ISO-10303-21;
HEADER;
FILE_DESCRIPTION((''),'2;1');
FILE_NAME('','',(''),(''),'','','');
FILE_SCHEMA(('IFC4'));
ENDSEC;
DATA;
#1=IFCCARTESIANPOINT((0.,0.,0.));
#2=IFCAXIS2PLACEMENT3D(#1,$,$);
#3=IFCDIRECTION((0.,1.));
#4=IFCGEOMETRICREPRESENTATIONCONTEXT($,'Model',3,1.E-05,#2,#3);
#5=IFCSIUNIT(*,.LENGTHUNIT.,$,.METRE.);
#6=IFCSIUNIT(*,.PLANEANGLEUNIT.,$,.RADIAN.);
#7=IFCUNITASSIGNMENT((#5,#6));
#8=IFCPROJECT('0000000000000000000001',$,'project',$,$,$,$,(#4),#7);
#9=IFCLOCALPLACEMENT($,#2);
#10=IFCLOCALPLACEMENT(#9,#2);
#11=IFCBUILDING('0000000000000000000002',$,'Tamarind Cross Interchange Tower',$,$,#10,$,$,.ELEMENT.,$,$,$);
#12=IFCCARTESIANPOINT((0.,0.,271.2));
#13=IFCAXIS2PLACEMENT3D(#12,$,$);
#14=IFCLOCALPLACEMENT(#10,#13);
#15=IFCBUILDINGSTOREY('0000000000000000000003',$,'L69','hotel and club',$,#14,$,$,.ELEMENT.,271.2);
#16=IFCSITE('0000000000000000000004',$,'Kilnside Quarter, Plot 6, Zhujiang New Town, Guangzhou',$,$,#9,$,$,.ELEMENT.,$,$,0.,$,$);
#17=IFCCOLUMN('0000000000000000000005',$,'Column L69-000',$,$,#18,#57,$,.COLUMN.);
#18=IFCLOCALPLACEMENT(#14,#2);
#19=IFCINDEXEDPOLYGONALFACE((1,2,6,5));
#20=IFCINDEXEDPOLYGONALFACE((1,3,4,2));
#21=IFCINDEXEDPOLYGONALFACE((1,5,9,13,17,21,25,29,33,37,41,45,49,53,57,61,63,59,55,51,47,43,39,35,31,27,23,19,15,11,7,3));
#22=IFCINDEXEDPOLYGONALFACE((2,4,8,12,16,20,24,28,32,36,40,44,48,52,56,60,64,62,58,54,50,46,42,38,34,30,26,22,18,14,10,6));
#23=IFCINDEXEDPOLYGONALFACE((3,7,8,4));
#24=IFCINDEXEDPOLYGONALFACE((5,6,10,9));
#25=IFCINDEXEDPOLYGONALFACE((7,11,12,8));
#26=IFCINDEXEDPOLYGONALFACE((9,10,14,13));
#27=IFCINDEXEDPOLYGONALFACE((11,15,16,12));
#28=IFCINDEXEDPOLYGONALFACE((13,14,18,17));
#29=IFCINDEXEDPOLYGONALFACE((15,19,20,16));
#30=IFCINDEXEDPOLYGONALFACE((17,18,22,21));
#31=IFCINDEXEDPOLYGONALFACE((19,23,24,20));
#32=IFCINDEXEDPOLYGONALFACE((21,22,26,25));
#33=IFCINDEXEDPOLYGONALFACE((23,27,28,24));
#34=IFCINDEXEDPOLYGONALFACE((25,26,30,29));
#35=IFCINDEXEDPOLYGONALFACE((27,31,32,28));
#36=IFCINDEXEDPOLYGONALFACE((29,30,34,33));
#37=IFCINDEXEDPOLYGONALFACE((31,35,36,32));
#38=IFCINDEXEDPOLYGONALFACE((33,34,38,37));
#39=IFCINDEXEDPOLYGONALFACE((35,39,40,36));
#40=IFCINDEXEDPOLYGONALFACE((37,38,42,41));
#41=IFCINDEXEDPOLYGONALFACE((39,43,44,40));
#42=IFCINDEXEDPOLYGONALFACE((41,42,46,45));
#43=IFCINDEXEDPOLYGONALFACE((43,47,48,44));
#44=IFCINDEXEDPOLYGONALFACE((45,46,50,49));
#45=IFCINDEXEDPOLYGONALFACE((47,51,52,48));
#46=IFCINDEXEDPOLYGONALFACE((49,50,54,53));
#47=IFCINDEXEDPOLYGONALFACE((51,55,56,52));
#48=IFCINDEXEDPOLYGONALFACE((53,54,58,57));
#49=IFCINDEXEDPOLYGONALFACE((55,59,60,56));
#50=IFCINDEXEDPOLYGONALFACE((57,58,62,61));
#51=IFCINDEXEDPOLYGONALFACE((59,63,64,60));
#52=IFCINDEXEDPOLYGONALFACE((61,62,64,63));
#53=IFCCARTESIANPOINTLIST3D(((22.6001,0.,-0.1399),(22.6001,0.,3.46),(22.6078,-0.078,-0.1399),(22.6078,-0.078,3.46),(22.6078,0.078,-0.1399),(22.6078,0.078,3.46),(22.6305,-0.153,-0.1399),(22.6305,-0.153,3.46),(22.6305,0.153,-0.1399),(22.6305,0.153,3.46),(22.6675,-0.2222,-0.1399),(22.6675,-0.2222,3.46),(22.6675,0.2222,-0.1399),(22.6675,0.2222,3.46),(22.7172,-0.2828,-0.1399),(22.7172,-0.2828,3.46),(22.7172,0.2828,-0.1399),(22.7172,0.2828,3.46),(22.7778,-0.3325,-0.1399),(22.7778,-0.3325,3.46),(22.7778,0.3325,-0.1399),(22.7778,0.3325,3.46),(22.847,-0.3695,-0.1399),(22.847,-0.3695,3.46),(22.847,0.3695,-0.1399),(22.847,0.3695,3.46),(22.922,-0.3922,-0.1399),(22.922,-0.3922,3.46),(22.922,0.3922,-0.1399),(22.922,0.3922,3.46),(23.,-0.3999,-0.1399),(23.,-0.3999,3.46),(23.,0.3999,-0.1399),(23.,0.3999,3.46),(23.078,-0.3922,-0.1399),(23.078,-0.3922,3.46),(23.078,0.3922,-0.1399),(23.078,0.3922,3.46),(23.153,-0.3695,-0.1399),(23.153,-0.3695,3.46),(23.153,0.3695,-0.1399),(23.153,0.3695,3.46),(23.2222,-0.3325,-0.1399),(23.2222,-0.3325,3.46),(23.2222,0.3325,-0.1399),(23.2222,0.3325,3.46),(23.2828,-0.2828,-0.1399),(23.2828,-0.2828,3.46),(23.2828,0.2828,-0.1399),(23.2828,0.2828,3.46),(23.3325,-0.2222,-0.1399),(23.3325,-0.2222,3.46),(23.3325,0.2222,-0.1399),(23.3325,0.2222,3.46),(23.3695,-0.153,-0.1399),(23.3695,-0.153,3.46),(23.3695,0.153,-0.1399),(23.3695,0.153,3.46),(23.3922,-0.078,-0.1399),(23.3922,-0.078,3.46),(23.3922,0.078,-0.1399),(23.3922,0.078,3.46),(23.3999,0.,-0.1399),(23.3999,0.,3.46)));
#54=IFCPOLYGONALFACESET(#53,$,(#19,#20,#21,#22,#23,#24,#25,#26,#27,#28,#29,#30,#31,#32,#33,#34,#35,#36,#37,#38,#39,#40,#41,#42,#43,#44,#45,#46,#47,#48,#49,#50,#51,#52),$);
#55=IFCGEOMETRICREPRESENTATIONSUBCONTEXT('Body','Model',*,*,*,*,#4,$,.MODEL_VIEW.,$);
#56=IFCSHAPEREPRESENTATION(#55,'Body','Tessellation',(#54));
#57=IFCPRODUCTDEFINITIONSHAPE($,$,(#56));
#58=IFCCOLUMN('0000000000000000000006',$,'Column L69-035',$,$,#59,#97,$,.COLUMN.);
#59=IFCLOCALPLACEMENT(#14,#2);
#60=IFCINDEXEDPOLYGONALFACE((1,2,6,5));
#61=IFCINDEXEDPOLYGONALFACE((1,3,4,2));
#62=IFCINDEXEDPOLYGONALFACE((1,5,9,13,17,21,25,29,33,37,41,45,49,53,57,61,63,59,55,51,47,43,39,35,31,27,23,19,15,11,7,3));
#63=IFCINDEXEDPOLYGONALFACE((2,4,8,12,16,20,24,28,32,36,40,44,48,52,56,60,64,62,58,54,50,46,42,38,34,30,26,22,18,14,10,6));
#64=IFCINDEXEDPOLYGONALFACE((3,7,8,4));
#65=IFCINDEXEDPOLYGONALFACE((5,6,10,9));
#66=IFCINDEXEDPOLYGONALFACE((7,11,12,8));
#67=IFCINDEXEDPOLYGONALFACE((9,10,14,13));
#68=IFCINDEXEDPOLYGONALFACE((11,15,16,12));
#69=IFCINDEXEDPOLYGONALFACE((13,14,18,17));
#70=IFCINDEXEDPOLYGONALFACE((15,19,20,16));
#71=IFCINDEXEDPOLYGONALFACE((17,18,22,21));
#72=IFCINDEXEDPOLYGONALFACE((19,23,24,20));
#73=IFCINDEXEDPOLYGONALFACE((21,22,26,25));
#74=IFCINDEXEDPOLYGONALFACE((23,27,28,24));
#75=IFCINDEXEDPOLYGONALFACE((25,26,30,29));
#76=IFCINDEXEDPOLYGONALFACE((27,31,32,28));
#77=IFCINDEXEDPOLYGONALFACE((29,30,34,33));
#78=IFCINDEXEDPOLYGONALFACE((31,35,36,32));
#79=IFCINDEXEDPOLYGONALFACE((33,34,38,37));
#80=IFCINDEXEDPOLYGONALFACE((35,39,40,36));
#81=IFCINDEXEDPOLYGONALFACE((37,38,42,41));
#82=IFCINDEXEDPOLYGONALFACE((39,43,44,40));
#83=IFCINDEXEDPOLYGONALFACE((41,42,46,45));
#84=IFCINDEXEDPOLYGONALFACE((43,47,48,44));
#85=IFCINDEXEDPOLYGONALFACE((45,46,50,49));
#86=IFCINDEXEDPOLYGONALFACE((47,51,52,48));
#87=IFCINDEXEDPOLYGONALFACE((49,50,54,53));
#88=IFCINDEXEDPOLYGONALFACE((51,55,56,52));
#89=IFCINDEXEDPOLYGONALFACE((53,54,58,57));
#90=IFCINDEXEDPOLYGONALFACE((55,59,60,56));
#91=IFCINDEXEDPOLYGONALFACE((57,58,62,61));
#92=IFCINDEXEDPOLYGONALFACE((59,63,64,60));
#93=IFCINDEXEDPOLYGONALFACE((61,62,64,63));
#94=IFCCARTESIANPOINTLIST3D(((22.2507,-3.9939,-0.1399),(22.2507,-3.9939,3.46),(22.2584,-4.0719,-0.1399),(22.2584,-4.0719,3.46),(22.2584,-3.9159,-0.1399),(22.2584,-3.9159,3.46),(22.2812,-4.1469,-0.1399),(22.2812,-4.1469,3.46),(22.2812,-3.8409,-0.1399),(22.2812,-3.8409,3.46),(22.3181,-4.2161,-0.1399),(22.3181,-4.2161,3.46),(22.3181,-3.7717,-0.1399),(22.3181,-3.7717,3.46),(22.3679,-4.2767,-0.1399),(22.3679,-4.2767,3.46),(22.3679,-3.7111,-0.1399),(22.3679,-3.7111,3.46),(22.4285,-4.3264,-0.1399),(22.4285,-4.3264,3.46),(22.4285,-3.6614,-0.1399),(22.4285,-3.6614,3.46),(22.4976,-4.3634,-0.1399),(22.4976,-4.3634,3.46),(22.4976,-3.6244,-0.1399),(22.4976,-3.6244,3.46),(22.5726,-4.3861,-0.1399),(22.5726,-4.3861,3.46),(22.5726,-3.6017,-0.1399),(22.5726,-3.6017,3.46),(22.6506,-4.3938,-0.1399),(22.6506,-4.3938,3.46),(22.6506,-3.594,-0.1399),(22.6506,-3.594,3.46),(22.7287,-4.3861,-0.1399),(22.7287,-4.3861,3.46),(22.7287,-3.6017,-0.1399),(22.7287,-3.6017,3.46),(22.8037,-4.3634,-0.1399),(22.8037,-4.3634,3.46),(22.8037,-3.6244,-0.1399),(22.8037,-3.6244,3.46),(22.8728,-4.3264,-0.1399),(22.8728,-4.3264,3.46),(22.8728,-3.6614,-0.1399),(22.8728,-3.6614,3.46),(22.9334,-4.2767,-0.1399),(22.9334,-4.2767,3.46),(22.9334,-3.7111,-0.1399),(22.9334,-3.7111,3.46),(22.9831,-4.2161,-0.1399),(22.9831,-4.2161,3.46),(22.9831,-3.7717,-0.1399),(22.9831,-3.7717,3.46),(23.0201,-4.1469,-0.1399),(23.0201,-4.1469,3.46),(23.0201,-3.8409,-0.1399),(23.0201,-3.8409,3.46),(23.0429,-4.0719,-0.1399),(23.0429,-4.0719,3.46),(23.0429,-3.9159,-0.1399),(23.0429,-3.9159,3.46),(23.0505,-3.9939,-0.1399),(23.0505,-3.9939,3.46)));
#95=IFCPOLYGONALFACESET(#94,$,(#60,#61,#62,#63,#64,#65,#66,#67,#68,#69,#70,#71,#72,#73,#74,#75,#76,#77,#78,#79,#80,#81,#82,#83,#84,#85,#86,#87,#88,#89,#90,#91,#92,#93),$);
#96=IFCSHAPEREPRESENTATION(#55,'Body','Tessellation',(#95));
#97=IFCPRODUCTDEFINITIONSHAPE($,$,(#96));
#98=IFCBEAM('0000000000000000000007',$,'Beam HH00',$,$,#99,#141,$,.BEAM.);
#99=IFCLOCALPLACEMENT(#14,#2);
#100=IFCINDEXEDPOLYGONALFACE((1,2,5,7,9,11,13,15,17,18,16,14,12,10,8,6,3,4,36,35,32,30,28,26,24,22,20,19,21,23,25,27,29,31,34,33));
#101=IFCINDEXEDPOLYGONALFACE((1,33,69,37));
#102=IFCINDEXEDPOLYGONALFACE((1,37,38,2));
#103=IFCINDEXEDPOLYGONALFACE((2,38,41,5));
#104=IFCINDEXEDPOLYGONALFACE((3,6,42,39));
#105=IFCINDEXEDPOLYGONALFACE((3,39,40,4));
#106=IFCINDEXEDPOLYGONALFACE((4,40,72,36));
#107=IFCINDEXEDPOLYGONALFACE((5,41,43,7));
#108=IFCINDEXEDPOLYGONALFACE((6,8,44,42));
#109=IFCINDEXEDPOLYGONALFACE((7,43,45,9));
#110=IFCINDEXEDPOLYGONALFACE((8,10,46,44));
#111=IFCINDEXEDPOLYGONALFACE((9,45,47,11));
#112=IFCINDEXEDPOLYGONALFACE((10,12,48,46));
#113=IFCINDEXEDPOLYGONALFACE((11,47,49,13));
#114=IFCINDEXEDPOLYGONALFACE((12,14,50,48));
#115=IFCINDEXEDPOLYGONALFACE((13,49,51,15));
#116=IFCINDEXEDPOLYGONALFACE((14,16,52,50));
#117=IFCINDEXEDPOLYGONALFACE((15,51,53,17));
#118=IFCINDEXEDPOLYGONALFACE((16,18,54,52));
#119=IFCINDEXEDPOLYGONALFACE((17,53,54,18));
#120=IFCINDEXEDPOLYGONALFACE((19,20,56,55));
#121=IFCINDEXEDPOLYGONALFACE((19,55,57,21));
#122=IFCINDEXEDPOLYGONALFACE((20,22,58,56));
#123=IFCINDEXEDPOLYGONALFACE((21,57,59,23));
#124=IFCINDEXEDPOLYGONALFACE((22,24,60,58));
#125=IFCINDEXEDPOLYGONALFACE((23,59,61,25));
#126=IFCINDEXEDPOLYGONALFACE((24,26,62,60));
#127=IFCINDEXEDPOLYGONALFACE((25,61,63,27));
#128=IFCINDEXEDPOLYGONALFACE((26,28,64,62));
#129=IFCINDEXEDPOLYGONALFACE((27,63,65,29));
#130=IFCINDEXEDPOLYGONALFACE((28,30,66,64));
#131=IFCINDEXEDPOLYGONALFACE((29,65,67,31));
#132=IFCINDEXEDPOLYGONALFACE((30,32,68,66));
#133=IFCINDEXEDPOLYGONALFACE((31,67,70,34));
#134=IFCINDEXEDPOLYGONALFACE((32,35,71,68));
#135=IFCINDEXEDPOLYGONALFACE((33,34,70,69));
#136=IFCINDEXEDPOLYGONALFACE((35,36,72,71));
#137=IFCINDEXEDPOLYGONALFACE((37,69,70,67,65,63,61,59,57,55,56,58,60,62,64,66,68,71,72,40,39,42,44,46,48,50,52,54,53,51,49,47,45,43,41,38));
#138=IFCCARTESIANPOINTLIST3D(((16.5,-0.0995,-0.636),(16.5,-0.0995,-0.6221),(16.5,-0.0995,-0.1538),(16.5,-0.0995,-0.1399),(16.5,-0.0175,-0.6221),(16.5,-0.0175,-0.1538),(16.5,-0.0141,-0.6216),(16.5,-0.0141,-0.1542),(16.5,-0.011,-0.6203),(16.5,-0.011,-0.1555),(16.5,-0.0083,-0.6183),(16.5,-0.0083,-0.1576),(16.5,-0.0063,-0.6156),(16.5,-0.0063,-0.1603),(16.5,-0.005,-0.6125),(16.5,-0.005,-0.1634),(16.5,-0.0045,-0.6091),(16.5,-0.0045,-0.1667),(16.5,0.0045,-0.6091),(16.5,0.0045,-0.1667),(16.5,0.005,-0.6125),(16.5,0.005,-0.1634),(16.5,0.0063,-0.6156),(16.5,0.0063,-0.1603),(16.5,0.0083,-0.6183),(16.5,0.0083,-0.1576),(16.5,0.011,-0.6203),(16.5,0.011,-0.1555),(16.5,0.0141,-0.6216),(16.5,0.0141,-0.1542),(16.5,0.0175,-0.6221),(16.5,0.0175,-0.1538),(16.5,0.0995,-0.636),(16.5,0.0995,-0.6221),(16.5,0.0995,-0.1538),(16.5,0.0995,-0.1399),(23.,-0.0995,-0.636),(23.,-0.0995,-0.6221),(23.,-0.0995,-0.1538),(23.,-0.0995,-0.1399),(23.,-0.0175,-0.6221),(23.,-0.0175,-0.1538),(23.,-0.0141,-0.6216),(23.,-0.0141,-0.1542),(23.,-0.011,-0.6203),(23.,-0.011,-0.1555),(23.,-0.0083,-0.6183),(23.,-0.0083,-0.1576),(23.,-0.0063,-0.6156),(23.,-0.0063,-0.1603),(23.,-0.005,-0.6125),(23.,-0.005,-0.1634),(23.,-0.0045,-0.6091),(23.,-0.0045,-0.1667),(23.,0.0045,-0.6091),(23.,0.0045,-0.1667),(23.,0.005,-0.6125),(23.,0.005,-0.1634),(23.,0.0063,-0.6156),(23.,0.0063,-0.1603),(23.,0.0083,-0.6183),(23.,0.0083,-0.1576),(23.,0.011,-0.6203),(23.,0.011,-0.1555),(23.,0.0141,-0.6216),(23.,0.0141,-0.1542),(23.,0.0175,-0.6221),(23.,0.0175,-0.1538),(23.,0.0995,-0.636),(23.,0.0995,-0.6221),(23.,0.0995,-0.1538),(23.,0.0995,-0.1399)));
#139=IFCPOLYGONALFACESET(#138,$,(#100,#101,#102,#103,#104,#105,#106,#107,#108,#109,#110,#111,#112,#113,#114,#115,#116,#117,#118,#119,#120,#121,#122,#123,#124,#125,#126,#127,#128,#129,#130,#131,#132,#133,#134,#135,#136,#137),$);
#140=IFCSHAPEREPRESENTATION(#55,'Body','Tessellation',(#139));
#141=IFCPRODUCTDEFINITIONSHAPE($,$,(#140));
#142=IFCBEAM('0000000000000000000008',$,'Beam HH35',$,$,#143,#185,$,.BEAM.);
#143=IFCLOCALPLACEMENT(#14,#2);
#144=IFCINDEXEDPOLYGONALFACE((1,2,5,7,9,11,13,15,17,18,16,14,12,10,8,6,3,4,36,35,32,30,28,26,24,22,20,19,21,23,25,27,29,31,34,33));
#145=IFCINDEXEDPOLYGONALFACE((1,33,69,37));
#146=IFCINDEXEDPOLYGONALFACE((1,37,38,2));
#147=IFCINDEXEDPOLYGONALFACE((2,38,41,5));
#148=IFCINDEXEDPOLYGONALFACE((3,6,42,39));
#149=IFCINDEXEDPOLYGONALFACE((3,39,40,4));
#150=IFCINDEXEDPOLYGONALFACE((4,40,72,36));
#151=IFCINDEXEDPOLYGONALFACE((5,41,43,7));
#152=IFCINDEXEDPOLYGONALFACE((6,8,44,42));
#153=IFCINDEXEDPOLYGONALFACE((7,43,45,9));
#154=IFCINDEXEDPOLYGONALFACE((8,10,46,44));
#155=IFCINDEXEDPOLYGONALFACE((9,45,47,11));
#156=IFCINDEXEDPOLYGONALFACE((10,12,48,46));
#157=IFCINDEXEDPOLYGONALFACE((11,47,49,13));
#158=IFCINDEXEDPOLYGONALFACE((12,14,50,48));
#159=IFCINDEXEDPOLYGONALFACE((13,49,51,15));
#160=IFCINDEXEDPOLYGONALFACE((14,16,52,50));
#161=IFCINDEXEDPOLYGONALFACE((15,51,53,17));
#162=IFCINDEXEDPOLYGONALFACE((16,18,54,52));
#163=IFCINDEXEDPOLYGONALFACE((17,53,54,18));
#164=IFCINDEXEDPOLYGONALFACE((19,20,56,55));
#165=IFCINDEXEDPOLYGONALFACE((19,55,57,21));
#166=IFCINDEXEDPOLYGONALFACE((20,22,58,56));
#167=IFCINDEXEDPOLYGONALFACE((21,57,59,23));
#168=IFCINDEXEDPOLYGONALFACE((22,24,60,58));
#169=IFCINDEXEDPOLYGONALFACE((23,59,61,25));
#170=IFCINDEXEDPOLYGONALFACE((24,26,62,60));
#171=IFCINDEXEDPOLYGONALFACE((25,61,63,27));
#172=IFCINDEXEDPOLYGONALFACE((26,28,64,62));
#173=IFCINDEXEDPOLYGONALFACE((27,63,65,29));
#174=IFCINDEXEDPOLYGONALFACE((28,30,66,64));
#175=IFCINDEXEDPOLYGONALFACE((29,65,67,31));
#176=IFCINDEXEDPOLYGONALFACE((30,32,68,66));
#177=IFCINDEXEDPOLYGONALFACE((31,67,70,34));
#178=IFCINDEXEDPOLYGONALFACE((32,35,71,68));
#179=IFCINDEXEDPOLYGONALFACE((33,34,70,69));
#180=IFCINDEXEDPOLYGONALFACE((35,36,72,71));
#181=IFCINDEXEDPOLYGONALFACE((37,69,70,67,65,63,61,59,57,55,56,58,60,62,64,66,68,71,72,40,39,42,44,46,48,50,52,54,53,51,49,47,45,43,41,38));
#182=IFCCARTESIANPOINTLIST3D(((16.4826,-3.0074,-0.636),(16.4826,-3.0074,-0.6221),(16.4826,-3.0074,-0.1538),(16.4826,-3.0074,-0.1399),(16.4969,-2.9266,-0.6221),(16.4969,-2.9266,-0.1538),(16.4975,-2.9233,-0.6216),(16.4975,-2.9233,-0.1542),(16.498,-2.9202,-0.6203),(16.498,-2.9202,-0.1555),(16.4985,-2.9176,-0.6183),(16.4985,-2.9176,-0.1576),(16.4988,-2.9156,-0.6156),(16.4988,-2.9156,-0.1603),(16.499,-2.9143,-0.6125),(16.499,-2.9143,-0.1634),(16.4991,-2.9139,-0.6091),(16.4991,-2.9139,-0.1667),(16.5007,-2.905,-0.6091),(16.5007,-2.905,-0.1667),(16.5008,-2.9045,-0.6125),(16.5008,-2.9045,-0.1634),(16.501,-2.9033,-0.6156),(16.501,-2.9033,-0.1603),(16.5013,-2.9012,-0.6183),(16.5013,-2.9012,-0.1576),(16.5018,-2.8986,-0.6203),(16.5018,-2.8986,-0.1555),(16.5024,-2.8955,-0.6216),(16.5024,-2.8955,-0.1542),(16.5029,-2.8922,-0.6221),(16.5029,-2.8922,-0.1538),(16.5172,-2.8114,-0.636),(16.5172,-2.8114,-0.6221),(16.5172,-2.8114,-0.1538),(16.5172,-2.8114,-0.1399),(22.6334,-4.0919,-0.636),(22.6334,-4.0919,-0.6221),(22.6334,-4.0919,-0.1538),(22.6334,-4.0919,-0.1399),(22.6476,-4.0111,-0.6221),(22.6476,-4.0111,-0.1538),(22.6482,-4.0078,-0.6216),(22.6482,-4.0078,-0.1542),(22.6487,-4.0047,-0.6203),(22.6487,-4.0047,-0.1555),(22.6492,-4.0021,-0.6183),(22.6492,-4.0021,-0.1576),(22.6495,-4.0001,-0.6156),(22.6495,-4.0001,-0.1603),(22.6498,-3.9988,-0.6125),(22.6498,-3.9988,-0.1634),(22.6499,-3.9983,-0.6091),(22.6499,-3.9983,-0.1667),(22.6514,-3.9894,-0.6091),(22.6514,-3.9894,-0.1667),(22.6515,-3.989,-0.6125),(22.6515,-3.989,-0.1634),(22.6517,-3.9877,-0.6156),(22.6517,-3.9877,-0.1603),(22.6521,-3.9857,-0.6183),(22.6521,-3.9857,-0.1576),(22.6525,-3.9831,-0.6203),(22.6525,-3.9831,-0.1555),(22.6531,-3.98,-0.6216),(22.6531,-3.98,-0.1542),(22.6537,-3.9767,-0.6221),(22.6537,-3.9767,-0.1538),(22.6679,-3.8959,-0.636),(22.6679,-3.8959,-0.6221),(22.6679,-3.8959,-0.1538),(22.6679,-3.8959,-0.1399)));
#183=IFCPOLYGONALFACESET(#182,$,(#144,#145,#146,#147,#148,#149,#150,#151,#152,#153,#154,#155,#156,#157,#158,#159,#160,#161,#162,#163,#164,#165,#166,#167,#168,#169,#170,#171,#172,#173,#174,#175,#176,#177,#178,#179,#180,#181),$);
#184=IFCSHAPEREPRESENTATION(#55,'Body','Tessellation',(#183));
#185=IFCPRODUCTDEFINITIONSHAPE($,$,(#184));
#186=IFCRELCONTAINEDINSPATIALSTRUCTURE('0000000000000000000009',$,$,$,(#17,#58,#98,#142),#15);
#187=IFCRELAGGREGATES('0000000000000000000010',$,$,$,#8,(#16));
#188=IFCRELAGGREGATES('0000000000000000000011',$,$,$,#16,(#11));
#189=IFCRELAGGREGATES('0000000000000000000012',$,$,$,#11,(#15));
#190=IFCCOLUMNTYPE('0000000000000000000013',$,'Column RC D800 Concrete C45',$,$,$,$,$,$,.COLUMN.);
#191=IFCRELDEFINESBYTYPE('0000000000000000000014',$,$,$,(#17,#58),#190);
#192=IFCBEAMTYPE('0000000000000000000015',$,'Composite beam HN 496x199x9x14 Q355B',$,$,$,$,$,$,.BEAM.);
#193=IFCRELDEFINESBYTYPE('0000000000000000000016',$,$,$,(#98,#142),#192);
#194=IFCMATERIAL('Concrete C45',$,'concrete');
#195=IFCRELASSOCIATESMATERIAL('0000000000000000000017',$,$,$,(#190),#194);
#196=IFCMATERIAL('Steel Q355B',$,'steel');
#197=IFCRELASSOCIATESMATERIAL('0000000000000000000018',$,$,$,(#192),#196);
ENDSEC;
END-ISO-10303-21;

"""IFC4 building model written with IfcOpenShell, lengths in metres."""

from ifc_helpers import new_model, si_unit, direction, frame, origin, origin_2d, place, context, subcontext, project, spatial, circle, i_section, extrude, material, material_profile, profile_set, type_object, element, save


model = new_model("IFC4")

# Units and contexts
model_context = context("Model", 3, precision=1e-05, world=origin(), true_north=direction((0.0, 1.0)))
body_context = subcontext(model_context, "Body", "Model", "MODEL_VIEW")
ifc_project = project(units=[si_unit("LENGTHUNIT", "METRE"), si_unit("PLANEANGLEUNIT", "RADIAN")], contexts=[model_context])

# Site, building, storey
site_placement = place(None, origin())
site = spatial("IfcSite", under=ifc_project, at=site_placement, Name="Kilnside Quarter, Plot 6, Zhujiang New Town, Guangzhou", CompositionType="ELEMENT", RefElevation=0.0)
building_placement = place(site_placement, origin())
building = spatial("IfcBuilding", under=site, at=building_placement, Name="Tamarind Cross Interchange Tower", CompositionType="ELEMENT")
storey_placement = place(building_placement, frame((0.0, 0.0, 271.2)))
storey = spatial("IfcBuildingStorey", under=building, at=storey_placement, Name="L69", Description="hotel and club", CompositionType="ELEMENT", Elevation=271.2)

# Columns
ifc_material_1 = material(Name="Concrete C45", Category="concrete")
ifc_material_profile_1 = material_profile(ifc_material_1, circle(Radius=0.3999, at=origin_2d()), Name="RC D800")
ifc_profile_set_1 = profile_set([ifc_material_profile_1], Name="Concrete C45")
column_type = type_object("IfcColumnType", Name="Column RC D800 Concrete C45", PredefinedType="COLUMN", material=ifc_profile_set_1)
for number, where, z_axis, x_axis, name in (
    (1, (23.0, 0.0, -0.1399), (0.0, 0.0, 1.0), (1.0, 0.0, 0.0), "Column L69-000"),
    (2, (22.6506, -3.9939, -0.1399), (0.0, 0.0, 1.0), (1.0, 0.0, 0.0), "Column L69-035"),
):
    element("IfcColumn", number, at=place(storey_placement, frame(where, z_axis=z_axis, x_axis=x_axis)), inside=storey, type_object=column_type, Name=name, PredefinedType="COLUMN", context=body_context, shape_type="SweptSolid", body=[
        extrude(circle(Radius=0.3999, at=origin_2d()), origin(), (0.0, 0.0, 1.0), 3.5999),
    ])

# Beams
ifc_material_2 = material(Name="Steel Q355B", Category="steel")
ifc_material_profile_2 = material_profile(ifc_material_2, i_section(OverallWidth=0.199, OverallDepth=0.4961, WebThickness=0.009, FlangeThickness=0.0139, FilletRadius=0.0129, at=origin_2d()), Name="HN 496x199x9x14")
ifc_profile_set_2 = profile_set([ifc_material_profile_2], Name="Steel Q355B")
beam_type = type_object("IfcBeamType", Name="Composite beam HN 496x199x9x14 Q355B", PredefinedType="BEAM", material=ifc_profile_set_2)
beam_1_placement = place(storey_placement, frame((23.0, 0.0, -0.3879), z_axis=(-1.0, 0.0, 0.0), x_axis=(0.0, -1.0, 0.0)))
element("IfcBeam", 3, at=beam_1_placement, inside=storey, type_object=beam_type, Name="Beam HH00", PredefinedType="BEAM", context=body_context, shape_type="SweptSolid", body=[
    extrude(i_section(OverallWidth=0.199, OverallDepth=0.4961, WebThickness=0.009, FlangeThickness=0.0139, FilletRadius=0.0129, at=origin_2d()), origin(), (0.0, 0.0, 1.0), 6.5),
])
beam_2_placement = place(storey_placement, frame((22.6506, -3.9939, -0.3879), z_axis=(-0.984809, 0.17364, 0.0), x_axis=(-0.17364, -0.984809, 0.0)))
element("IfcBeam", 4, at=beam_2_placement, inside=storey, type_object=beam_type, Name="Beam HH35", PredefinedType="BEAM", context=body_context, shape_type="SweptSolid", body=[
    extrude(i_section(OverallWidth=0.199, OverallDepth=0.4961, WebThickness=0.009, FlangeThickness=0.0139, FilletRadius=0.0129, at=origin_2d()), origin(), (0.0, 0.0, 1.0), 6.2456),
])

save(model, "model.ifc")
